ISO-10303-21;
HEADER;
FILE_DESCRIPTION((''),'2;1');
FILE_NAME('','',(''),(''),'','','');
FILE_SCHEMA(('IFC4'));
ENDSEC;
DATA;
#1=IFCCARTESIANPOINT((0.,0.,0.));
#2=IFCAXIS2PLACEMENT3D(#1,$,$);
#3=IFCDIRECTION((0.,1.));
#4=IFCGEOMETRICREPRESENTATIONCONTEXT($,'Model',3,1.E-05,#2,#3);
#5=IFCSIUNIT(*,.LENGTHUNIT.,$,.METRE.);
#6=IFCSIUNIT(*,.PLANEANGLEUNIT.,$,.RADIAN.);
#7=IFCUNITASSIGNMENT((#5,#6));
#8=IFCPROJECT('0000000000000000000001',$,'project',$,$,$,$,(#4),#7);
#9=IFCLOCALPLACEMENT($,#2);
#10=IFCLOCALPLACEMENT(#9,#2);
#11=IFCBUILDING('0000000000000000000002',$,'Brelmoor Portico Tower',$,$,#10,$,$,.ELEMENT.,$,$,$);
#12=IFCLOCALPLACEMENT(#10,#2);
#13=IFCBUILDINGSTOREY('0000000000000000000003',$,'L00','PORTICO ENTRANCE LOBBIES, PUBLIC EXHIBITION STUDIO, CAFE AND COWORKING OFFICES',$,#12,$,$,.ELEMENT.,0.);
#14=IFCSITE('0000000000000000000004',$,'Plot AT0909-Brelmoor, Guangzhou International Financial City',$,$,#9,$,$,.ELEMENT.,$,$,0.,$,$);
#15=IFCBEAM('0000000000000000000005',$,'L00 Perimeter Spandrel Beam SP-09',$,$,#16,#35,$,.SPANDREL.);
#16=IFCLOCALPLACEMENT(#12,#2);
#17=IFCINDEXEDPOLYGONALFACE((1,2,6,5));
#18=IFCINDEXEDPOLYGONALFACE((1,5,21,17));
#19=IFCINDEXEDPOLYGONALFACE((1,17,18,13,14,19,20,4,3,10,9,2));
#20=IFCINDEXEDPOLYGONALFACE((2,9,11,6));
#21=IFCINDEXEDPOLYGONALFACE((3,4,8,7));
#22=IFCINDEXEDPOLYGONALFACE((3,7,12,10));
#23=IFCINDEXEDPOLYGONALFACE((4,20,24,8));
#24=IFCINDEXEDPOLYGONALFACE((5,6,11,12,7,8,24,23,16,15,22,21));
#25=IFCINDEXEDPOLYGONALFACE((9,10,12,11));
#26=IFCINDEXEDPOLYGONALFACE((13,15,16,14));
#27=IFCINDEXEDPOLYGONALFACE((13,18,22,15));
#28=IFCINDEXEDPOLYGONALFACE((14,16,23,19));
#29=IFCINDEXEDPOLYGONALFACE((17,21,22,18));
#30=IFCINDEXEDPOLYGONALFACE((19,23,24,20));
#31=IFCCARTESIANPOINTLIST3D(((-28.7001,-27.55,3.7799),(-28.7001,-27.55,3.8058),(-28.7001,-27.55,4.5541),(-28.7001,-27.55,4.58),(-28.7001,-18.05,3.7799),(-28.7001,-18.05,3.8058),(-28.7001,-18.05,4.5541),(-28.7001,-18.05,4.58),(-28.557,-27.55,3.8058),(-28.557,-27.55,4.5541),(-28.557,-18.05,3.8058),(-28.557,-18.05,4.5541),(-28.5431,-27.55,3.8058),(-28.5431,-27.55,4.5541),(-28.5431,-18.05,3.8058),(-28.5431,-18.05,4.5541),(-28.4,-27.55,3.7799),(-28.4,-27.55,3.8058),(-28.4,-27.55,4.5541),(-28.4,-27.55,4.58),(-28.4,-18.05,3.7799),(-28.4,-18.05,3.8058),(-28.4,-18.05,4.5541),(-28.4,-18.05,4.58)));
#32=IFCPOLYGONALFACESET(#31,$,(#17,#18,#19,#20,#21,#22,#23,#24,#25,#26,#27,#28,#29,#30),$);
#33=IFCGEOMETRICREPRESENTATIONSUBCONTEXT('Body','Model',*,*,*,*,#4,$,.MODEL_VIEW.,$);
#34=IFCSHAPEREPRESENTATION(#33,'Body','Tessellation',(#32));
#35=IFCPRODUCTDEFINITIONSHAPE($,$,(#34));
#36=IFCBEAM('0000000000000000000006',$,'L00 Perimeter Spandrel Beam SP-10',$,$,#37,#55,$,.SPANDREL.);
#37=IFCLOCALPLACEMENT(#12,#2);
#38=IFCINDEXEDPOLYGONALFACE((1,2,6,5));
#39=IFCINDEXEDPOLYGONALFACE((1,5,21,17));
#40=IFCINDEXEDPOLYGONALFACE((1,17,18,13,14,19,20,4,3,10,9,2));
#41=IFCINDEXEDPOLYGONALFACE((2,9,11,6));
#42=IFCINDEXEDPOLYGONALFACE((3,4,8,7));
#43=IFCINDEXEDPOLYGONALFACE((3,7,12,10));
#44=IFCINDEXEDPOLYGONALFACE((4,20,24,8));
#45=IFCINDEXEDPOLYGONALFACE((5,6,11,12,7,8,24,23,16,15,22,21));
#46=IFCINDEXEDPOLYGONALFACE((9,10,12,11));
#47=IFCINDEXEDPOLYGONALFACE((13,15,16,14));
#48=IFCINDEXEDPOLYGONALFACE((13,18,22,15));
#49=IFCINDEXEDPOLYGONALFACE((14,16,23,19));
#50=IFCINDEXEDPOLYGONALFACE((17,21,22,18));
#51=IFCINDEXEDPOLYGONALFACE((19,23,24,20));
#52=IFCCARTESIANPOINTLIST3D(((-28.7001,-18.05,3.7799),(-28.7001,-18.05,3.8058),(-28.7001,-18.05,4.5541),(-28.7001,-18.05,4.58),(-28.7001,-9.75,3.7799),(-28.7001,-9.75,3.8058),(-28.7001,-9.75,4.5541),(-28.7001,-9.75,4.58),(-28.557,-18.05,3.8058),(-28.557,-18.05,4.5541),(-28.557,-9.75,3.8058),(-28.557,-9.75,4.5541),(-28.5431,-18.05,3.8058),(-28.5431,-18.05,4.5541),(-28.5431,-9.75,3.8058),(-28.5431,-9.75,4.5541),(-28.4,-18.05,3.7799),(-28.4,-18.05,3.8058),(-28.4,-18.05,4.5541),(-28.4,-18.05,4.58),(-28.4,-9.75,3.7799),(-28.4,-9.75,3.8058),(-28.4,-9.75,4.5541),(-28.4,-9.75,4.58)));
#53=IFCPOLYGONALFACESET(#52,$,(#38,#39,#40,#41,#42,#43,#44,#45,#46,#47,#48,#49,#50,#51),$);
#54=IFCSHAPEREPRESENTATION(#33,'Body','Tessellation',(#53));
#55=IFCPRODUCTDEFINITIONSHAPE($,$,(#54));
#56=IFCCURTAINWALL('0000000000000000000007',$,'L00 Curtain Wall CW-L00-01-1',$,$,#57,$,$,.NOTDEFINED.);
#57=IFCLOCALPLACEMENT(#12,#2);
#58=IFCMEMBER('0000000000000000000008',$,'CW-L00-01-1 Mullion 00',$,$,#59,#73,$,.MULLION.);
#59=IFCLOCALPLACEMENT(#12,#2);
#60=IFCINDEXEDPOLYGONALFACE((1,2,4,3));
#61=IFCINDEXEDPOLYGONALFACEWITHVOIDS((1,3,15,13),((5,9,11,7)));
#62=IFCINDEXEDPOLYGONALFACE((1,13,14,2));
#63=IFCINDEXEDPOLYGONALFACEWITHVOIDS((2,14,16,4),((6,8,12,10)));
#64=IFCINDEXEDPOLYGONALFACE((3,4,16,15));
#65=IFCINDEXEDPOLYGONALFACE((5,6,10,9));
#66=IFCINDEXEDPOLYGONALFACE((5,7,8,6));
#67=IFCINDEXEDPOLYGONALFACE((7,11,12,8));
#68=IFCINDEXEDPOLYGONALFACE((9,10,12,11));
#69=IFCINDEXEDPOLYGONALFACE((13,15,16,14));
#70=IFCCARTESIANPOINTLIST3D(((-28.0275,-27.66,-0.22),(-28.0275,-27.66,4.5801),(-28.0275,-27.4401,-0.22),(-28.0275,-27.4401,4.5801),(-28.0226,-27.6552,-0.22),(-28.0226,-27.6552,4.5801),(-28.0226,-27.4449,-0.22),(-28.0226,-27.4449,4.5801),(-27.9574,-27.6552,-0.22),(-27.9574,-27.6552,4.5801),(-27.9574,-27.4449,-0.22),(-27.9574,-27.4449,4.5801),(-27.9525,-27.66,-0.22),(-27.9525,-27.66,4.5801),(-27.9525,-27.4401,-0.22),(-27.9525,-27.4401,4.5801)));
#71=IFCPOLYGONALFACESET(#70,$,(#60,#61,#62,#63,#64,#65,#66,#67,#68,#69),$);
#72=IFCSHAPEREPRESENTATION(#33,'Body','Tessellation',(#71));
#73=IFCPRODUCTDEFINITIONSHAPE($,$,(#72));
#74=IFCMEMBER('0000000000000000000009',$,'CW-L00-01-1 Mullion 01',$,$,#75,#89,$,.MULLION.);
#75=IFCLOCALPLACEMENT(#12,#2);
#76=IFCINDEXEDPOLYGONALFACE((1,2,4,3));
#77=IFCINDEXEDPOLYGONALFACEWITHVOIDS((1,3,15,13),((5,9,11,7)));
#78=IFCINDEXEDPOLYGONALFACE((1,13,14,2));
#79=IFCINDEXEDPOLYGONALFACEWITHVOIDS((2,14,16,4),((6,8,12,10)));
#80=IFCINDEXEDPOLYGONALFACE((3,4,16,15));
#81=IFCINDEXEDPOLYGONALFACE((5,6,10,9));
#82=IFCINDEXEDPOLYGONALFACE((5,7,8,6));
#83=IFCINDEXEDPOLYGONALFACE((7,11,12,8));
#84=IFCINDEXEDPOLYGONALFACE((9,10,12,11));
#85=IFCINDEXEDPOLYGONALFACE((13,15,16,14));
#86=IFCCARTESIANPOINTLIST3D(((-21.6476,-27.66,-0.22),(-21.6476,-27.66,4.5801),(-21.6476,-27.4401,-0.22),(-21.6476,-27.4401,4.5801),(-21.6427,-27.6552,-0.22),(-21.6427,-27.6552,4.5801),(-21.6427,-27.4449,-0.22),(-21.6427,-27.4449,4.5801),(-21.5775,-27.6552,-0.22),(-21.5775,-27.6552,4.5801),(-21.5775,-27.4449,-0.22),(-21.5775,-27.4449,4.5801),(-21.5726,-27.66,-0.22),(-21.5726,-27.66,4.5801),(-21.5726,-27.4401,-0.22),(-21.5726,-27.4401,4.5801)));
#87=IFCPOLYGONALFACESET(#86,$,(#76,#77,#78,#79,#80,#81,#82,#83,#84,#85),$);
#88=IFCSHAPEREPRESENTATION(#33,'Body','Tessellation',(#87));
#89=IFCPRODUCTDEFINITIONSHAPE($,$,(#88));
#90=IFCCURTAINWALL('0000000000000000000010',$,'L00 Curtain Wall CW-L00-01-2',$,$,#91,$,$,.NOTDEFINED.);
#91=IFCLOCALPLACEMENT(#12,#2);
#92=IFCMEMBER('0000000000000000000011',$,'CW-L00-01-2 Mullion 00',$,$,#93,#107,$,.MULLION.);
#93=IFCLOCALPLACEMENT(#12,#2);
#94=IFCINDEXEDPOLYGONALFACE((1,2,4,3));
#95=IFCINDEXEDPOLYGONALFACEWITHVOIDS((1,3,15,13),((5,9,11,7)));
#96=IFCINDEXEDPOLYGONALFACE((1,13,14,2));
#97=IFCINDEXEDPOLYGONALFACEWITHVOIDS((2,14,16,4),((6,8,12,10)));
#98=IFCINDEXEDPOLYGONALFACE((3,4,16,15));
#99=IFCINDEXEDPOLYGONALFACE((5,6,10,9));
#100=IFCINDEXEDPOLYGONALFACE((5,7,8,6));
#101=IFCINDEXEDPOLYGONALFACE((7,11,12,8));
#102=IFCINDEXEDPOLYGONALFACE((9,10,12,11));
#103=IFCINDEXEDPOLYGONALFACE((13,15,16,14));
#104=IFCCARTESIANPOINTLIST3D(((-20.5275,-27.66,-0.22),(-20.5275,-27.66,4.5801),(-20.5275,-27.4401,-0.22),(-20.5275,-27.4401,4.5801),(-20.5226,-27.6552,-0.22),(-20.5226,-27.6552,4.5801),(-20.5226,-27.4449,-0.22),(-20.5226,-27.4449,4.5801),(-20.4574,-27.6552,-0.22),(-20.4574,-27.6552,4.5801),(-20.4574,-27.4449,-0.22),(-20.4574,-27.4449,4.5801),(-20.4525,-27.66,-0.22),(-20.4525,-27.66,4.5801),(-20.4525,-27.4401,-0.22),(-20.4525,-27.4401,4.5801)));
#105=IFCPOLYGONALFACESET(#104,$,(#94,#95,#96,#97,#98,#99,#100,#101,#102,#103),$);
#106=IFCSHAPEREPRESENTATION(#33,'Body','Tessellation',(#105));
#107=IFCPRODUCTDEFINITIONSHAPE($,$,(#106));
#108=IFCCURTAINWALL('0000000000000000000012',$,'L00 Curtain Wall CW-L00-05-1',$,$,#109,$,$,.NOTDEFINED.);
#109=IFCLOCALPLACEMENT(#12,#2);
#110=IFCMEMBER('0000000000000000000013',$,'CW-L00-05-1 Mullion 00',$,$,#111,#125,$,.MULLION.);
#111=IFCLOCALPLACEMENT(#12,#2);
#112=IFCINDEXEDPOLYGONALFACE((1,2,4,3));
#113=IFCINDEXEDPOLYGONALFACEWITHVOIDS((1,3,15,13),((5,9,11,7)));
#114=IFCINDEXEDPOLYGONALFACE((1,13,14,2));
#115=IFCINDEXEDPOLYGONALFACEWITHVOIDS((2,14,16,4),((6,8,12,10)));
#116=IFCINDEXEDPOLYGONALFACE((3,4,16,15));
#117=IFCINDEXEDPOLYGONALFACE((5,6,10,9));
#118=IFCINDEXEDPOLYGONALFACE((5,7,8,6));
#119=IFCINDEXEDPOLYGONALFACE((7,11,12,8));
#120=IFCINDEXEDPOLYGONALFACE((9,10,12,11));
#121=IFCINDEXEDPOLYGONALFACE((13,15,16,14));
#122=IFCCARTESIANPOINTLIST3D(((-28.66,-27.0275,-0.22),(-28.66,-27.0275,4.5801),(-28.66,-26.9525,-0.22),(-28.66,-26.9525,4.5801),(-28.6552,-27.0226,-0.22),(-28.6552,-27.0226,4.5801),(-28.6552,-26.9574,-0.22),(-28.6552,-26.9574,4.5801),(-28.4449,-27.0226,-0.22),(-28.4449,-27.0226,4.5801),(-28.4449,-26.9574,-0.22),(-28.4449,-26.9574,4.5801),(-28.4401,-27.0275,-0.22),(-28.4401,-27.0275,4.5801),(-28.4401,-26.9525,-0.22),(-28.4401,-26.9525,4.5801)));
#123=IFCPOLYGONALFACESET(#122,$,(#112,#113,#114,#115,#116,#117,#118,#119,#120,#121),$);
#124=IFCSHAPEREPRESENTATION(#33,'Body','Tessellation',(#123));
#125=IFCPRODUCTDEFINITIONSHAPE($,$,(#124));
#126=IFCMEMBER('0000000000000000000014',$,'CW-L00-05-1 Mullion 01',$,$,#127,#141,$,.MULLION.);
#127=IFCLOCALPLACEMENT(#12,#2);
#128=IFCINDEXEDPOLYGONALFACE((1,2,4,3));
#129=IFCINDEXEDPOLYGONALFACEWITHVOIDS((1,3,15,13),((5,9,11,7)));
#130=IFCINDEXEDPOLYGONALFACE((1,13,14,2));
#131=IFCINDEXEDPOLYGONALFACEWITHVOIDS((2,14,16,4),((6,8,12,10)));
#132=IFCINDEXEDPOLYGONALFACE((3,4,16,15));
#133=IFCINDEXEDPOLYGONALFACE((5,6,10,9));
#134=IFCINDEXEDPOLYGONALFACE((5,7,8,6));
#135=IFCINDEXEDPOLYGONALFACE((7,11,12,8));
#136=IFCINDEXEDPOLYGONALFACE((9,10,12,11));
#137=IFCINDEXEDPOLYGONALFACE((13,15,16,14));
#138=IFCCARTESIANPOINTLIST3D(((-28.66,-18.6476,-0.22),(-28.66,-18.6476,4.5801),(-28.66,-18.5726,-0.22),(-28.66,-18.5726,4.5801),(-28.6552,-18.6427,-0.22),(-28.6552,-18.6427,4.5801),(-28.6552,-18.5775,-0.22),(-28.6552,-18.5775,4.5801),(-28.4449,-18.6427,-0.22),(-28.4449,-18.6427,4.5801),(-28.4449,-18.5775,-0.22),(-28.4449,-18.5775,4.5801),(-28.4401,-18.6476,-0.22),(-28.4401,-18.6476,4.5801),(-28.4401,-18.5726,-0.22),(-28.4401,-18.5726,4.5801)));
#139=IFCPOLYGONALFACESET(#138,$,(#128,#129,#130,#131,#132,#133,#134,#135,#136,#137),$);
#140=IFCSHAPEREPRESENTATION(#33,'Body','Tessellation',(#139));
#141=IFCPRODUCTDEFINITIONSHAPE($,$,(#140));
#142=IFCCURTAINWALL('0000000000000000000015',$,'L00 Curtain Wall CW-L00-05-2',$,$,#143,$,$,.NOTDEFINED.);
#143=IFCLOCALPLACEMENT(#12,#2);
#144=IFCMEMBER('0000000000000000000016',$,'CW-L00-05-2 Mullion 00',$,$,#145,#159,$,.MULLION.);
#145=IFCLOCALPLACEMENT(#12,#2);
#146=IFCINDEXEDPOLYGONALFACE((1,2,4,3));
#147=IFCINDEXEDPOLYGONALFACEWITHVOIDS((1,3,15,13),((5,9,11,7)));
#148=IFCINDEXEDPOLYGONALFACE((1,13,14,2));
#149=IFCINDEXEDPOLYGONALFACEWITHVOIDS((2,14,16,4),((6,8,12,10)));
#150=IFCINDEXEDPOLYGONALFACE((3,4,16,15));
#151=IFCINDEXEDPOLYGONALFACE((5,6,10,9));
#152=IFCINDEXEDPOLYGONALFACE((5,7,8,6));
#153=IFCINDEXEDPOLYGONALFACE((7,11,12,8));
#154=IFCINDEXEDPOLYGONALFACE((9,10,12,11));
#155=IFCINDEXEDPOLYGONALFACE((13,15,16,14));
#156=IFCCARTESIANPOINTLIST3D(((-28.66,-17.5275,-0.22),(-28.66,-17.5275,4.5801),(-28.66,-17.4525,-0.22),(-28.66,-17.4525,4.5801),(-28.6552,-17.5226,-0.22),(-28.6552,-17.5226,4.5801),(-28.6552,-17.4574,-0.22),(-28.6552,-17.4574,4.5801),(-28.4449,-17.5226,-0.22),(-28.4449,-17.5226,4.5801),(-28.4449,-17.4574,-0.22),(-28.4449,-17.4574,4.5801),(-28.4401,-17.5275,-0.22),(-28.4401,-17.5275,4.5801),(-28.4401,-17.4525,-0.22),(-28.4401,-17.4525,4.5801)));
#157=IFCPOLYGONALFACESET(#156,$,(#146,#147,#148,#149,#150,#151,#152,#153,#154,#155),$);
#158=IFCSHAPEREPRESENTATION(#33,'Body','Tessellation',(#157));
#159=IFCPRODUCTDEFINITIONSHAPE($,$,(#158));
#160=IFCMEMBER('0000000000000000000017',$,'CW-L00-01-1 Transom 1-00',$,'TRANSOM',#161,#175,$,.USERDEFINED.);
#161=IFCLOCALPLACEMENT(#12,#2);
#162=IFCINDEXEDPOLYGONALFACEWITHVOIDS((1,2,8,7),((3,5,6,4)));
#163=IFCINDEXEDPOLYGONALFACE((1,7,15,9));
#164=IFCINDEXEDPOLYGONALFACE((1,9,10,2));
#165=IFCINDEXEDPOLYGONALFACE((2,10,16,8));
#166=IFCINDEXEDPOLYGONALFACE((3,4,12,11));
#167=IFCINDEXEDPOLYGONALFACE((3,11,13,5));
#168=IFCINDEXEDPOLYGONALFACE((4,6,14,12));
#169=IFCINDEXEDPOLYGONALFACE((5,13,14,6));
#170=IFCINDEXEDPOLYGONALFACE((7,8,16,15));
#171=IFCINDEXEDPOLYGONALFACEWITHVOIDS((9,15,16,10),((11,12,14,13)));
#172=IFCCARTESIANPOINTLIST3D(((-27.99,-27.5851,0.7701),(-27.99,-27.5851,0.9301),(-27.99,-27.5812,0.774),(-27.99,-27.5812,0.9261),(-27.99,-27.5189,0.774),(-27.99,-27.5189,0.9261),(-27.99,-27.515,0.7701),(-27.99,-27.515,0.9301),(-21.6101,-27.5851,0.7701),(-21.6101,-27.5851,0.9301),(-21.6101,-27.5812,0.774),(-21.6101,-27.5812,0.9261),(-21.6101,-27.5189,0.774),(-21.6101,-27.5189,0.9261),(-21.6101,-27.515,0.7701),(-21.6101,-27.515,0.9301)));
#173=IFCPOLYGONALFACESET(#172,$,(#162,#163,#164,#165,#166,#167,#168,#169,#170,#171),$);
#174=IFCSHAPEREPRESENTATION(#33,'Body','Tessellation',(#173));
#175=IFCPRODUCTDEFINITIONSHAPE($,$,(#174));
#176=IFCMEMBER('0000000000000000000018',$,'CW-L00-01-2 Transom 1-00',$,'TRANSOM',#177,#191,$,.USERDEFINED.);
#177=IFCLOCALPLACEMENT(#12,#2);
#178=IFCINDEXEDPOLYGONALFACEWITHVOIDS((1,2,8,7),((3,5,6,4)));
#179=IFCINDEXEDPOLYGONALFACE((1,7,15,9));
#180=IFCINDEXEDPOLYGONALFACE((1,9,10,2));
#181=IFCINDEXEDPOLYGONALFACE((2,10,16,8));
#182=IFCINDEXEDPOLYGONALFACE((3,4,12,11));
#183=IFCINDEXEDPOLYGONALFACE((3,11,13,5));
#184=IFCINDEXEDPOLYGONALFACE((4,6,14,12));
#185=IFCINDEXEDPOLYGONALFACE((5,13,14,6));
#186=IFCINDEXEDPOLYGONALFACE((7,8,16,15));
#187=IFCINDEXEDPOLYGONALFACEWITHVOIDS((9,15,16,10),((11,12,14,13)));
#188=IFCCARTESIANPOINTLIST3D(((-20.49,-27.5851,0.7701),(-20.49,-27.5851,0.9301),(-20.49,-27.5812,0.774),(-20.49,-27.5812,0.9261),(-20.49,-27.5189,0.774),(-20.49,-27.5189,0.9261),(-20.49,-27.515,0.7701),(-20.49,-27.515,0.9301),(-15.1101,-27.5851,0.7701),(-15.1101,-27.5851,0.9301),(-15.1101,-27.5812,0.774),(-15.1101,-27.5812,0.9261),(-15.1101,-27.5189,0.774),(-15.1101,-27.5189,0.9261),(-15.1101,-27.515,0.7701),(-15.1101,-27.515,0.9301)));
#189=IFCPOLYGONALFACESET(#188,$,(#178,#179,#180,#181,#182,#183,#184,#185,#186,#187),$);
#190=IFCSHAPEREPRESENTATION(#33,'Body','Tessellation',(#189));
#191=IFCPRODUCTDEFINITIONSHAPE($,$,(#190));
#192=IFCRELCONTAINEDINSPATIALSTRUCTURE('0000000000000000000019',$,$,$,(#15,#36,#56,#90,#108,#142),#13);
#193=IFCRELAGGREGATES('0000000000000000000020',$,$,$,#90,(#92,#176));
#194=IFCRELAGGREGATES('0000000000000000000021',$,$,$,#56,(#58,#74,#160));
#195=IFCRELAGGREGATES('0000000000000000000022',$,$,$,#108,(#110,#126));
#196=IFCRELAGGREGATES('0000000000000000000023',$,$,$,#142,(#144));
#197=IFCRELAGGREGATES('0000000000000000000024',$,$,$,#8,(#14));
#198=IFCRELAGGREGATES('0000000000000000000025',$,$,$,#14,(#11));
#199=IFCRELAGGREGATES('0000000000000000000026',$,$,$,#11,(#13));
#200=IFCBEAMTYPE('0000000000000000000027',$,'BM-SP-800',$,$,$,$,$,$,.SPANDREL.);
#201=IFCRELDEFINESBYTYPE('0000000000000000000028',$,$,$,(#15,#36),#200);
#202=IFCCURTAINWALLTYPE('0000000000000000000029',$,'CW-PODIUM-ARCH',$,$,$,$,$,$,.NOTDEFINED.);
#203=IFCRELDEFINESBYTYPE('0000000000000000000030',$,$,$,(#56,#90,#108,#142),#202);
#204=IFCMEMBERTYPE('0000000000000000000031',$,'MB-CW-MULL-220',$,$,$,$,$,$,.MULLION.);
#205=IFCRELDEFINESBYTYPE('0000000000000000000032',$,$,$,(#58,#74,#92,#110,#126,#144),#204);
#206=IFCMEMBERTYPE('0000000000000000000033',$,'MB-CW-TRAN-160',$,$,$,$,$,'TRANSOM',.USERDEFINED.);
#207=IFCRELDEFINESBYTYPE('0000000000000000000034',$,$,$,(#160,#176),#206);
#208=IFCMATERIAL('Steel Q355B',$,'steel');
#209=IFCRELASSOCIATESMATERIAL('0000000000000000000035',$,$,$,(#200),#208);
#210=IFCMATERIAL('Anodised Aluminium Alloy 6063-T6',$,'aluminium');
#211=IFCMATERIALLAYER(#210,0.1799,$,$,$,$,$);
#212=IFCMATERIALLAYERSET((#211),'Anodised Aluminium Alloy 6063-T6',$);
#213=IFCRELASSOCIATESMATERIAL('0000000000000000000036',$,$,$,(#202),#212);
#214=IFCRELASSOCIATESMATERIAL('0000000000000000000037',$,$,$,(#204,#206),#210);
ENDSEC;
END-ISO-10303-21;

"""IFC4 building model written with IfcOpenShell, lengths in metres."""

from ifc_helpers import new_model, si_unit, direction, frame, origin, origin_2d, place, context, subcontext, project, spatial, hollow_rectangle, i_section, extrude, material, layer, layer_set, material_profile, profile_set, type_object, element, aggregate, save


model = new_model("IFC4")

# Units and contexts
model_context = context("Model", 3, precision=1e-05, world=origin(), true_north=direction((0.0, 1.0)))
body_context = subcontext(model_context, "Body", "Model", "MODEL_VIEW")
ifc_project = project(units=[si_unit("LENGTHUNIT", "METRE"), si_unit("PLANEANGLEUNIT", "RADIAN")], contexts=[model_context])

# Site, building, storey
site_placement = place(None, origin())
site = spatial("IfcSite", under=ifc_project, at=site_placement, Name="Plot AT0909-Brelmoor, Guangzhou International Financial City", CompositionType="ELEMENT", RefElevation=0.0)
building_placement = place(site_placement, origin())
building = spatial("IfcBuilding", under=site, at=building_placement, Name="Brelmoor Portico Tower", CompositionType="ELEMENT")
storey_placement = place(building_placement, origin())
storey = spatial("IfcBuildingStorey", under=building, at=storey_placement, Name="L00", Description="PORTICO ENTRANCE LOBBIES, PUBLIC EXHIBITION STUDIO, CAFE AND COWORKING OFFICES", CompositionType="ELEMENT", Elevation=0.0)

# Shared definitions
ifc_material_1 = material(Name="Steel Q355B", Category="steel")

# Beams
ifc_material_profile_1 = material_profile(ifc_material_1, i_section(OverallWidth=0.3, OverallDepth=0.8, WebThickness=0.0139, FlangeThickness=0.0259, at=origin_2d()), Name="HN 800x300x14x26")
ifc_profile_set_1 = profile_set([ifc_material_profile_1], Name="Steel Q355B")
beam_type_1 = type_object("IfcBeamType", Name="BM-SP-800", PredefinedType="SPANDREL", material=ifc_profile_set_1)
beam_1_placement = place(storey_placement, frame((-28.55, -27.55, 4.1799), z_axis=(0.0, 1.0, 0.0), x_axis=(-1.0, 0.0, 0.0)))
element("IfcBeam", 1, at=beam_1_placement, inside=storey, type_object=beam_type_1, Name="L00 Perimeter Spandrel Beam SP-09", PredefinedType="SPANDREL", context=body_context, shape_type="SweptSolid", body=[
    extrude(i_section(OverallWidth=0.3, OverallDepth=0.8, WebThickness=0.0139, FlangeThickness=0.0259, at=origin_2d()), origin(), (0.0, 0.0, 1.0), 9.5),
])
beam_2_placement = place(storey_placement, frame((-28.55, -18.05, 4.1799), z_axis=(0.0, 1.0, 0.0), x_axis=(-1.0, 0.0, 0.0)))
element("IfcBeam", 2, at=beam_2_placement, inside=storey, type_object=beam_type_1, Name="L00 Perimeter Spandrel Beam SP-10", PredefinedType="SPANDREL", context=body_context, shape_type="SweptSolid", body=[
    extrude(i_section(OverallWidth=0.3, OverallDepth=0.8, WebThickness=0.0139, FlangeThickness=0.0259, at=origin_2d()), origin(), (0.0, 0.0, 1.0), 8.3),
])

# Curtain wall, members
ifc_material_2 = material(Name="Anodised Aluminium Alloy 6063-T6", Category="aluminium")
ifc_layer_1 = layer(ifc_material_2, 0.1799)
ifc_layer_set_1 = layer_set([ifc_layer_1], Name="Anodised Aluminium Alloy 6063-T6")
curtain_wall_type = type_object("IfcCurtainWallType", Name="CW-PODIUM-ARCH", PredefinedType="NOTDEFINED", material=ifc_layer_set_1)
curtain_wall_1_placement = place(storey_placement, origin())
curtain_wall_1 = element("IfcCurtainWall", 3, at=curtain_wall_1_placement, inside=storey, type_object=curtain_wall_type, Name="L00 Curtain Wall CW-L00-01-1", PredefinedType="NOTDEFINED")
ifc_material_profile_2 = material_profile(ifc_material_2, hollow_rectangle(XDim=0.075, YDim=0.22, WallThickness=0.0049, at=origin_2d()), Name="ALU MULLION 75x220")
ifc_profile_set_2 = profile_set([ifc_material_profile_2], Name="Anodised Aluminium Alloy 6063-T6")
member_type_1 = type_object("IfcMemberType", Name="MB-CW-MULL-220", PredefinedType="MULLION", material=ifc_profile_set_2)
member_1_placement = place(storey_placement, frame((-27.99, -27.55, -0.22), z_axis=(0.0, 0.0, 1.0), x_axis=(1.0, 0.0, 0.0)))
member_1 = element("IfcMember", 4, at=member_1_placement, type_object=member_type_1, Name="CW-L00-01-1 Mullion 00", PredefinedType="MULLION", context=body_context, shape_type="SweptSolid", body=[
    extrude(hollow_rectangle(XDim=0.075, YDim=0.22, WallThickness=0.0049, at=origin_2d()), origin(), (0.0, 0.0, 1.0), 4.8),
])
member_2_placement = place(storey_placement, frame((-21.6101, -27.55, -0.22), z_axis=(0.0, 0.0, 1.0), x_axis=(1.0, 0.0, 0.0)))
member_2 = element("IfcMember", 5, at=member_2_placement, type_object=member_type_1, Name="CW-L00-01-1 Mullion 01", PredefinedType="MULLION", context=body_context, shape_type="SweptSolid", body=[
    extrude(hollow_rectangle(XDim=0.075, YDim=0.22, WallThickness=0.0049, at=origin_2d()), origin(), (0.0, 0.0, 1.0), 4.8),
])

# Curtain wall, member
curtain_wall_2_placement = place(storey_placement, origin())
curtain_wall_2 = element("IfcCurtainWall", 6, at=curtain_wall_2_placement, inside=storey, type_object=curtain_wall_type, Name="L00 Curtain Wall CW-L00-01-2", PredefinedType="NOTDEFINED")
member_3_placement = place(storey_placement, frame((-20.49, -27.55, -0.22), z_axis=(0.0, 0.0, 1.0), x_axis=(1.0, 0.0, 0.0)))
member_3 = element("IfcMember", 7, at=member_3_placement, type_object=member_type_1, Name="CW-L00-01-2 Mullion 00", PredefinedType="MULLION", context=body_context, shape_type="SweptSolid", body=[
    extrude(hollow_rectangle(XDim=0.075, YDim=0.22, WallThickness=0.0049, at=origin_2d()), origin(), (0.0, 0.0, 1.0), 4.8),
])

# Curtain wall, members
curtain_wall_3_placement = place(storey_placement, origin())
curtain_wall_3 = element("IfcCurtainWall", 8, at=curtain_wall_3_placement, inside=storey, type_object=curtain_wall_type, Name="L00 Curtain Wall CW-L00-05-1", PredefinedType="NOTDEFINED")
member_4_placement = place(storey_placement, frame((-28.55, -26.99, -0.22), z_axis=(0.0, 0.0, 1.0), x_axis=(0.0, 1.0, 0.0)))
member_4 = element("IfcMember", 9, at=member_4_placement, type_object=member_type_1, Name="CW-L00-05-1 Mullion 00", PredefinedType="MULLION", context=body_context, shape_type="SweptSolid", body=[
    extrude(hollow_rectangle(XDim=0.075, YDim=0.22, WallThickness=0.0049, at=origin_2d()), origin(), (0.0, 0.0, 1.0), 4.8),
])
member_5_placement = place(storey_placement, frame((-28.55, -18.6101, -0.22), z_axis=(0.0, 0.0, 1.0), x_axis=(0.0, 1.0, 0.0)))
member_5 = element("IfcMember", 10, at=member_5_placement, type_object=member_type_1, Name="CW-L00-05-1 Mullion 01", PredefinedType="MULLION", context=body_context, shape_type="SweptSolid", body=[
    extrude(hollow_rectangle(XDim=0.075, YDim=0.22, WallThickness=0.0049, at=origin_2d()), origin(), (0.0, 0.0, 1.0), 4.8),
])

# Curtain wall, member
curtain_wall_4_placement = place(storey_placement, origin())
curtain_wall_4 = element("IfcCurtainWall", 11, at=curtain_wall_4_placement, inside=storey, type_object=curtain_wall_type, Name="L00 Curtain Wall CW-L00-05-2", PredefinedType="NOTDEFINED")
member_6_placement = place(storey_placement, frame((-28.55, -17.49, -0.22), z_axis=(0.0, 0.0, 1.0), x_axis=(0.0, 1.0, 0.0)))
member_6 = element("IfcMember", 12, at=member_6_placement, type_object=member_type_1, Name="CW-L00-05-2 Mullion 00", PredefinedType="MULLION", context=body_context, shape_type="SweptSolid", body=[
    extrude(hollow_rectangle(XDim=0.075, YDim=0.22, WallThickness=0.0049, at=origin_2d()), origin(), (0.0, 0.0, 1.0), 4.8),
])

# Members
ifc_material_profile_3 = material_profile(ifc_material_2, hollow_rectangle(XDim=0.0701, YDim=0.1599, WallThickness=0.0039, at=origin_2d()), Name="ALU TRANSOM 70x160")
ifc_profile_set_3 = profile_set([ifc_material_profile_3], Name="Anodised Aluminium Alloy 6063-T6")
member_type_2 = type_object("IfcMemberType", Name="MB-CW-TRAN-160", ElementType="TRANSOM", PredefinedType="USERDEFINED", material=ifc_profile_set_3)
member_7_placement = place(storey_placement, frame((-27.99, -27.55, 0.8501), z_axis=(1.0, 0.0, 0.0), x_axis=(0.0, 1.0, 0.0)))
member_7 = element("IfcMember", 13, at=member_7_placement, type_object=member_type_2, Name="CW-L00-01-1 Transom 1-00", ObjectType="TRANSOM", PredefinedType="USERDEFINED", context=body_context, shape_type="SweptSolid", body=[
    extrude(hollow_rectangle(XDim=0.0701, YDim=0.1599, WallThickness=0.0039, at=origin_2d()), origin(), (0.0, 0.0, 1.0), 6.3799),
])
member_8_placement = place(storey_placement, frame((-20.49, -27.55, 0.8501), z_axis=(1.0, 0.0, 0.0), x_axis=(0.0, 1.0, 0.0)))
member_8 = element("IfcMember", 14, at=member_8_placement, type_object=member_type_2, Name="CW-L00-01-2 Transom 1-00", ObjectType="TRANSOM", PredefinedType="USERDEFINED", context=body_context, shape_type="SweptSolid", body=[
    extrude(hollow_rectangle(XDim=0.0701, YDim=0.1599, WallThickness=0.0039, at=origin_2d()), origin(), (0.0, 0.0, 1.0), 5.3799),
])
aggregate(curtain_wall_2, [member_3, member_8])

aggregate(curtain_wall_1, [member_1, member_2, member_7])
aggregate(curtain_wall_3, [member_4, member_5])
aggregate(curtain_wall_4, [member_6])

save(model, "model.ifc")
